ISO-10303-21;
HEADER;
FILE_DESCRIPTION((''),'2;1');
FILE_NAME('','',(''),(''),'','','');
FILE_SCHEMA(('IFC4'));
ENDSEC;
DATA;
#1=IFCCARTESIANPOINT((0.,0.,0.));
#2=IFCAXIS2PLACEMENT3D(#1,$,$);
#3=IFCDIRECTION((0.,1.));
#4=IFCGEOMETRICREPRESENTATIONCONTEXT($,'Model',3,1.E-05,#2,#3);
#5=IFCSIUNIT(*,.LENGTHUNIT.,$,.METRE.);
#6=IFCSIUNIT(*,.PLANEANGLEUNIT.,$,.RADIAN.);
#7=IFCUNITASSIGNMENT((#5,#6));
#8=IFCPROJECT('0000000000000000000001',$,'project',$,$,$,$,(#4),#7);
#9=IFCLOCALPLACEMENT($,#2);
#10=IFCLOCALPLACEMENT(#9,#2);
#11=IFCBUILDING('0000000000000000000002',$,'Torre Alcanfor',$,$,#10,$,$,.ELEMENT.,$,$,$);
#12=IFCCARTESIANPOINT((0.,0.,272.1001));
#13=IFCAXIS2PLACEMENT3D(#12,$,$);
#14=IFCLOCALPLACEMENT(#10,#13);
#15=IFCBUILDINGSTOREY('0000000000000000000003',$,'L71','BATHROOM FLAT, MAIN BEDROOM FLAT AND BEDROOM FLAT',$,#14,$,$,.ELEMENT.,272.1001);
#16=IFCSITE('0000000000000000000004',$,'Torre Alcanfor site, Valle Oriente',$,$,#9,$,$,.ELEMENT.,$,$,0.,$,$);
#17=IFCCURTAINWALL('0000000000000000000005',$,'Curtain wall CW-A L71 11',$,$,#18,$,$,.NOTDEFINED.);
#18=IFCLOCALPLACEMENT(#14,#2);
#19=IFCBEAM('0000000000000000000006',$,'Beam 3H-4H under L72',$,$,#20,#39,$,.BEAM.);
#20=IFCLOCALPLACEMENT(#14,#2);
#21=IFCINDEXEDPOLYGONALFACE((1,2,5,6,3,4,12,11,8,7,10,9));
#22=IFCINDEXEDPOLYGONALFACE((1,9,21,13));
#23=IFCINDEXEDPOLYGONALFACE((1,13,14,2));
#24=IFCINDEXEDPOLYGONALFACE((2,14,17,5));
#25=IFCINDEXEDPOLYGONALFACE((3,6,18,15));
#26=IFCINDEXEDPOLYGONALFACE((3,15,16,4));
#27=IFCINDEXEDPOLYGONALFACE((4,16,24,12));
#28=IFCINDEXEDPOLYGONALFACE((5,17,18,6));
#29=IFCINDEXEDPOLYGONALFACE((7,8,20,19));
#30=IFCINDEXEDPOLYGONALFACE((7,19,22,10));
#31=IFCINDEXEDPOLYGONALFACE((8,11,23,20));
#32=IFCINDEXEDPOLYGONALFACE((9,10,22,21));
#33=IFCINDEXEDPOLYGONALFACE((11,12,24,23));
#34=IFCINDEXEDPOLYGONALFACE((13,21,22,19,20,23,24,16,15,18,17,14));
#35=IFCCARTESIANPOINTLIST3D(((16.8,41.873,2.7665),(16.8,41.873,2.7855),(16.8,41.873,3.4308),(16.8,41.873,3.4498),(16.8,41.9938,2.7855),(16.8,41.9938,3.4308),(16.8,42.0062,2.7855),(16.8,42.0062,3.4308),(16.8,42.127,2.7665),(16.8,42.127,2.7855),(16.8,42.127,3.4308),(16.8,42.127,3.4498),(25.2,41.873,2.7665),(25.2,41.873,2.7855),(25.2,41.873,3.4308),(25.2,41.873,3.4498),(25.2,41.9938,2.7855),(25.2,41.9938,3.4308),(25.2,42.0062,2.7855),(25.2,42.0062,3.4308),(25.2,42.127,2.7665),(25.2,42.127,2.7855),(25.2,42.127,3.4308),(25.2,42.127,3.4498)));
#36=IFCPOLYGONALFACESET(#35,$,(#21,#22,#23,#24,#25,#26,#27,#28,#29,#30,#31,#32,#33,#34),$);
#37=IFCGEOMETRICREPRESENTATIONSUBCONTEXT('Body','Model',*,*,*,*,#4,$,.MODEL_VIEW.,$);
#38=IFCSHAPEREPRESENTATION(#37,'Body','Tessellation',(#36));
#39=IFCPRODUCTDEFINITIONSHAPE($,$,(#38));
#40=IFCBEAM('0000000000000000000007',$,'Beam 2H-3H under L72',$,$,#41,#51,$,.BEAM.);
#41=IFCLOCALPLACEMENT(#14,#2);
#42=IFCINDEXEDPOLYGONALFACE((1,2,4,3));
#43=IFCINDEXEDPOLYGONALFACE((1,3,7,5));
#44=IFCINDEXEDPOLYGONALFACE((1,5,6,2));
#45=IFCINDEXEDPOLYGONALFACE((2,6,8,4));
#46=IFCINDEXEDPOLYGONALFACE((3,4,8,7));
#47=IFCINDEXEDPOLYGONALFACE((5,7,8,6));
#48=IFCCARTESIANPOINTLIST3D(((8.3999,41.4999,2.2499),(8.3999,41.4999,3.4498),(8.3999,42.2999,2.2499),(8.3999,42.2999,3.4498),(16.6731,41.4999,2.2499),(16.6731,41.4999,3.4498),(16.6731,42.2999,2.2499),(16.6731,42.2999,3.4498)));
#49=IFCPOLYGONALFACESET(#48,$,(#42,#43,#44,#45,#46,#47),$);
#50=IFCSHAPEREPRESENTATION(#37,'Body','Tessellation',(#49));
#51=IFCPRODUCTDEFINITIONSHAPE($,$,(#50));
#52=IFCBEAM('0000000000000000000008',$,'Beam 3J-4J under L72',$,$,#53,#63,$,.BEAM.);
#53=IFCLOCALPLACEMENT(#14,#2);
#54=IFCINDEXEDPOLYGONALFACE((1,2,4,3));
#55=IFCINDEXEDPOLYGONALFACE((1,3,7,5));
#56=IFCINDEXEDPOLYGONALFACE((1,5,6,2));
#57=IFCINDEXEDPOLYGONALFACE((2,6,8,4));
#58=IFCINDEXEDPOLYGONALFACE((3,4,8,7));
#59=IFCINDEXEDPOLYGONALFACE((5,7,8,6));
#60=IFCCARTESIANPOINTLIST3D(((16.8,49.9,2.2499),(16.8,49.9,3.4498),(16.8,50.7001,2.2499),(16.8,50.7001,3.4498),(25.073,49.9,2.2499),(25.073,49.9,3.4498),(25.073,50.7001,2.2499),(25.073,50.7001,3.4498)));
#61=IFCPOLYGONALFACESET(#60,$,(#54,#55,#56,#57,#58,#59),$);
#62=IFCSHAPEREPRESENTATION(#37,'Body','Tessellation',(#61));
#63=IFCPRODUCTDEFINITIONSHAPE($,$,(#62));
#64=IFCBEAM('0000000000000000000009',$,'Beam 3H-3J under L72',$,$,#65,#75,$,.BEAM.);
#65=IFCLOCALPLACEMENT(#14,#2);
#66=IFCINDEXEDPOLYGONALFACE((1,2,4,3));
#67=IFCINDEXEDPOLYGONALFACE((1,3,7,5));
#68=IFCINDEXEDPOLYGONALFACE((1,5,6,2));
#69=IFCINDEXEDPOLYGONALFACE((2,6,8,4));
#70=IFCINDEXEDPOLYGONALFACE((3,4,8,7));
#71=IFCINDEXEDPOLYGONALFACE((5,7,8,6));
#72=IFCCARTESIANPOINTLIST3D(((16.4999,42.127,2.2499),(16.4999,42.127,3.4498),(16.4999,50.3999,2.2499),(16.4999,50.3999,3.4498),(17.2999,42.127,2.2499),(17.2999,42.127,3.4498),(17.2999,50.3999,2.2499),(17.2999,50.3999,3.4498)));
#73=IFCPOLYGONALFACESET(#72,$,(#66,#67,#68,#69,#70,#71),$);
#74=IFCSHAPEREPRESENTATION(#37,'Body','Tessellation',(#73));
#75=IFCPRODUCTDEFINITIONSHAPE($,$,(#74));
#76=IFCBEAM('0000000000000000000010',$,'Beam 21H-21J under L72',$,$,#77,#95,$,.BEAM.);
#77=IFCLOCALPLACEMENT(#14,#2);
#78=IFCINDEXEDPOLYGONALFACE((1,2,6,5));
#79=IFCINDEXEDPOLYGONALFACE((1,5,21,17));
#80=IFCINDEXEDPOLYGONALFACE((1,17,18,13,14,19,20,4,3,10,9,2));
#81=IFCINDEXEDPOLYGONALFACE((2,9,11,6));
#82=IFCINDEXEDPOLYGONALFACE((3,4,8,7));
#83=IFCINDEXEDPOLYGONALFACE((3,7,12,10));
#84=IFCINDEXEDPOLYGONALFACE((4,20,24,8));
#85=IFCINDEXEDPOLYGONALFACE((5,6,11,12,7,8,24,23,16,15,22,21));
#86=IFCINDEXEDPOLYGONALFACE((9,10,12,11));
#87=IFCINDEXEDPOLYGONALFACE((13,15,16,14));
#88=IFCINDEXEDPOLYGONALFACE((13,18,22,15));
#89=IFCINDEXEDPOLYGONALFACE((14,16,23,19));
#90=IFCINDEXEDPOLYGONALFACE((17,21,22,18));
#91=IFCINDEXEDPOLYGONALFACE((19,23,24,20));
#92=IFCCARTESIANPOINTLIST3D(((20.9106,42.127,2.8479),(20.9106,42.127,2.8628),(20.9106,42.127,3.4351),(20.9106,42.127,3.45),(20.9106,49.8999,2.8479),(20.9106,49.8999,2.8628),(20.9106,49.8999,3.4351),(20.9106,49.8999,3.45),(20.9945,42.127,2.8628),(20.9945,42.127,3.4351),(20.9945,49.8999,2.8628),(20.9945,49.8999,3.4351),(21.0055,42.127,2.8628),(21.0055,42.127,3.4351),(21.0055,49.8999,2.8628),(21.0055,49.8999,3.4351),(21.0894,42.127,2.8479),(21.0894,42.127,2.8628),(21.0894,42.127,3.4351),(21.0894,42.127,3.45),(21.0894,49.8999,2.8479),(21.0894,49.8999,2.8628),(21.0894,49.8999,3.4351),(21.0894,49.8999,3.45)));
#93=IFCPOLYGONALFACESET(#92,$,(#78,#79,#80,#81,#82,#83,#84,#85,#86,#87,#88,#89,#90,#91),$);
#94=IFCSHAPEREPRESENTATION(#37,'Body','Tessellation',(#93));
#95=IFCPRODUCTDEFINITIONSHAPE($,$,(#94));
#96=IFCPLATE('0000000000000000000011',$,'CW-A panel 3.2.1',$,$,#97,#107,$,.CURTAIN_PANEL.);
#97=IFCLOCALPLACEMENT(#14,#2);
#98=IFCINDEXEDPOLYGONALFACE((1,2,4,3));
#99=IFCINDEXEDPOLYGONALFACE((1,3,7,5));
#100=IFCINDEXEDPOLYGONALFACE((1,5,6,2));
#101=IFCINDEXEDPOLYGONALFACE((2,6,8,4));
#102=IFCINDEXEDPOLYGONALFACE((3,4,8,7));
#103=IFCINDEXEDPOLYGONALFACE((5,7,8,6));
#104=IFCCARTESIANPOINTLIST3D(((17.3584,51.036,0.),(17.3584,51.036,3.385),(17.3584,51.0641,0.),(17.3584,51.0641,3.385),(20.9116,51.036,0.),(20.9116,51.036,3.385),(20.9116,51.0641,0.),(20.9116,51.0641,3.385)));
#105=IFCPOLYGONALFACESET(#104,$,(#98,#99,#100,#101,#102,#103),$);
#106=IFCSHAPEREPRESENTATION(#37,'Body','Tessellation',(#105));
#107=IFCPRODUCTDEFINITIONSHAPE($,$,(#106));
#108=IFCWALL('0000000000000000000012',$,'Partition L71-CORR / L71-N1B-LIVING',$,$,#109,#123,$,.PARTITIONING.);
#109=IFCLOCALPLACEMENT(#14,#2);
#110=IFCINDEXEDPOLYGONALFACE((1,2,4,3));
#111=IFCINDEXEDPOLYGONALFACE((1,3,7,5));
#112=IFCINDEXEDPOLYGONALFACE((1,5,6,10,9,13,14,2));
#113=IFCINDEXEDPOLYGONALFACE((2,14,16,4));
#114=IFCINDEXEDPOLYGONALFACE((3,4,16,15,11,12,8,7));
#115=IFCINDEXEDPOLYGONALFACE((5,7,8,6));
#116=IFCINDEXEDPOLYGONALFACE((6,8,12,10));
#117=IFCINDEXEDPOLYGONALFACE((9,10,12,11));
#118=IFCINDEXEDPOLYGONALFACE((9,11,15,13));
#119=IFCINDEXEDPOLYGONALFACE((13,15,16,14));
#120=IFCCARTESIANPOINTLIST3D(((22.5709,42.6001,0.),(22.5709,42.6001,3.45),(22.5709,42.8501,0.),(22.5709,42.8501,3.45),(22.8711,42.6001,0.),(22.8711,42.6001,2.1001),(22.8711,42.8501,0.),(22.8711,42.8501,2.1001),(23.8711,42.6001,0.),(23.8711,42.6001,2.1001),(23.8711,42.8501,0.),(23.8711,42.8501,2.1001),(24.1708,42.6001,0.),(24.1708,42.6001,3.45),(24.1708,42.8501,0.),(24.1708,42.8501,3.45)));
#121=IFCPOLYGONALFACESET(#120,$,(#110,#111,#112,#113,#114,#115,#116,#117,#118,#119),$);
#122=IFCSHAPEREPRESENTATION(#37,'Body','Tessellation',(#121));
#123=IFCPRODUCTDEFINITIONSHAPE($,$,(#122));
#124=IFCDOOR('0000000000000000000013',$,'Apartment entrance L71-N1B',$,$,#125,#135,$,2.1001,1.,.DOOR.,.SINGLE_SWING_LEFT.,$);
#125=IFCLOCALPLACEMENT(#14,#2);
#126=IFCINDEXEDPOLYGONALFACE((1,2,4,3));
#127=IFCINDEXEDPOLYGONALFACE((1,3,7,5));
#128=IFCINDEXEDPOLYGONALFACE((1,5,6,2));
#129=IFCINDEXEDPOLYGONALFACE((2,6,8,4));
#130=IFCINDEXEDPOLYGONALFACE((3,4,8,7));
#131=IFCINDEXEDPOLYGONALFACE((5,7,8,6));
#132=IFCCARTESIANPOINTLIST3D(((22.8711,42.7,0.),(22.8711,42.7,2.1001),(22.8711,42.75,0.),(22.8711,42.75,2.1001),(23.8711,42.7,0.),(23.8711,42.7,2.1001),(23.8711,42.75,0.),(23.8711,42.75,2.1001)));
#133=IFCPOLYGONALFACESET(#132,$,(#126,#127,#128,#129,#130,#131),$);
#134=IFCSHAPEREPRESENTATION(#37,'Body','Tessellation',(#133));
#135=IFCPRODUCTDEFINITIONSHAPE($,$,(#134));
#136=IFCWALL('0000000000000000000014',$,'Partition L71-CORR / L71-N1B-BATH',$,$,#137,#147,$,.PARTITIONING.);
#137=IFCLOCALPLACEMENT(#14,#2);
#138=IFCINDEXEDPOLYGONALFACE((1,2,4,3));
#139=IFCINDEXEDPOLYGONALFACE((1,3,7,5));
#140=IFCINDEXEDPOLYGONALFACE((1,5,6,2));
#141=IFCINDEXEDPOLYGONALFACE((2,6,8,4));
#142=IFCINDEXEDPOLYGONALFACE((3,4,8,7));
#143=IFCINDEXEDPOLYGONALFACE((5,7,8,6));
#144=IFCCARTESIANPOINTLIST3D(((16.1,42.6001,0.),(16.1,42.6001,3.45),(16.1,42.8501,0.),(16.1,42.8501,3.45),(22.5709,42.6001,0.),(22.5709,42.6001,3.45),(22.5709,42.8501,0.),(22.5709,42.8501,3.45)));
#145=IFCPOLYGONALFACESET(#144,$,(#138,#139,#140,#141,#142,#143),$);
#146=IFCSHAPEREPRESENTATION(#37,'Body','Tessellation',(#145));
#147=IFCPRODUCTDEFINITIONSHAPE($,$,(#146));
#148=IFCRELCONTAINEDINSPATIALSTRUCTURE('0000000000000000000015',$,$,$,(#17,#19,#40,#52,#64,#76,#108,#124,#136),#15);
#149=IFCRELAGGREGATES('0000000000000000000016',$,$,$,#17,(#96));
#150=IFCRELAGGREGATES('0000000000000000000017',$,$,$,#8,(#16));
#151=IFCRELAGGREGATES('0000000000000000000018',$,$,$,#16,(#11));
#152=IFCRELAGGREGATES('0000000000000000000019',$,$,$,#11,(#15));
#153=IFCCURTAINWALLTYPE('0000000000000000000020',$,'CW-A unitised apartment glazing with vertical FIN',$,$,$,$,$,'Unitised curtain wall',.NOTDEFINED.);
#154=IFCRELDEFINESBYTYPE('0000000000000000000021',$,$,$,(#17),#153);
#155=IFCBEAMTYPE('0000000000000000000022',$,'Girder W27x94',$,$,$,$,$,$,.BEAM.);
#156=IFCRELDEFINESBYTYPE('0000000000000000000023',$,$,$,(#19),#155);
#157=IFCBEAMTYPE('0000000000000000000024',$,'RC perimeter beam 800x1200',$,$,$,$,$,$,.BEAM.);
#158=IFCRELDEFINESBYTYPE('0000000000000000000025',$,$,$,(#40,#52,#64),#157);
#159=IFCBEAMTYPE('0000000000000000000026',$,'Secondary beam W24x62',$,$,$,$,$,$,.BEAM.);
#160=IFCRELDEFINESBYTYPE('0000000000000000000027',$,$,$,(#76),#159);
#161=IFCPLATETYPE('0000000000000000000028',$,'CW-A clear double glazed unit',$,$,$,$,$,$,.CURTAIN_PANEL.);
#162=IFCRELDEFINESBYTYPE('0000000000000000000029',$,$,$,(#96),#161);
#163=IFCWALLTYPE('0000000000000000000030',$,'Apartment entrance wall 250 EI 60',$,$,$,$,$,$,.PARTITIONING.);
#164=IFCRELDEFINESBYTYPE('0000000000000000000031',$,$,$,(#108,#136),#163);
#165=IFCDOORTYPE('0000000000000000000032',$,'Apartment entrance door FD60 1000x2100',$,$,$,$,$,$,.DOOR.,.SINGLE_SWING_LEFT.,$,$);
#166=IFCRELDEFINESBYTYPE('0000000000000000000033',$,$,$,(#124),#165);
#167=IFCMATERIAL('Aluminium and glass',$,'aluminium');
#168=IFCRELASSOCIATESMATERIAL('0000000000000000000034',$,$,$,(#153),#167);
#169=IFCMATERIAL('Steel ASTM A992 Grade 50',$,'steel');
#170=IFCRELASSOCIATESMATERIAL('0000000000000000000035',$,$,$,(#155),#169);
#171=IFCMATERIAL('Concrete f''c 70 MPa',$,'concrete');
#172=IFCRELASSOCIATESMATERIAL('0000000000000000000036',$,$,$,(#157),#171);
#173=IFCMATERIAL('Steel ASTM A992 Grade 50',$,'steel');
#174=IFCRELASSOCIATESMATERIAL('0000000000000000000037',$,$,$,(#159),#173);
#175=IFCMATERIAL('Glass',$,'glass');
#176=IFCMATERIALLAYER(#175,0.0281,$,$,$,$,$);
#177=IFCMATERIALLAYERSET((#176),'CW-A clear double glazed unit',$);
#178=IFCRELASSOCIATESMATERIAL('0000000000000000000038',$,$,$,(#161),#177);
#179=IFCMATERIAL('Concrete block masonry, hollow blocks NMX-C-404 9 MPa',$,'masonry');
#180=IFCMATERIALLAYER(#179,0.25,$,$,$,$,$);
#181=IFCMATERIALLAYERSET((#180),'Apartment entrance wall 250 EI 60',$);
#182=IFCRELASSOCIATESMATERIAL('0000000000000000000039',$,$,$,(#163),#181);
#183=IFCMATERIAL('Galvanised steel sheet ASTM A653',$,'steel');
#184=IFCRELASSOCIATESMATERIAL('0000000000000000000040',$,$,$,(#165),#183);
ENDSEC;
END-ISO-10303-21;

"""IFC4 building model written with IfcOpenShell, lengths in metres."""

from ifc_helpers import new_model, si_unit, direction, frame, frame_2d, origin, origin_2d, place, context, subcontext, project, spatial, rectangle, i_section, extrude, material, layer, layer_set, material_profile, profile_set, type_object, element, fill, aggregate, save


model = new_model("IFC4")

# Units and contexts
model_context = context("Model", 3, precision=1e-05, world=origin(), true_north=direction((0.0, 1.0)))
body_context = subcontext(model_context, "Body", "Model", "MODEL_VIEW")
ifc_project = project(units=[si_unit("LENGTHUNIT", "METRE"), si_unit("PLANEANGLEUNIT", "RADIAN")], contexts=[model_context])

# Site, building, storey
site_placement = place(None, origin())
site = spatial("IfcSite", under=ifc_project, at=site_placement, Name="Torre Alcanfor site, Valle Oriente", CompositionType="ELEMENT", RefElevation=0.0)
building_placement = place(site_placement, origin())
building = spatial("IfcBuilding", under=site, at=building_placement, Name="Torre Alcanfor", CompositionType="ELEMENT")
storey_placement = place(building_placement, frame((0.0, 0.0, 272.1001)))
storey = spatial("IfcBuildingStorey", under=building, at=storey_placement, Name="L71", Description="BATHROOM FLAT, MAIN BEDROOM FLAT AND BEDROOM FLAT", CompositionType="ELEMENT", Elevation=272.1001)

# Shared definitions
ifc_material_1 = material(Name="Aluminium and glass", Category="aluminium")
curtain_wall_type = type_object("IfcCurtainWallType", Name="CW-A unitised apartment glazing with vertical FIN", ElementType="Unitised curtain wall", PredefinedType="NOTDEFINED", material=ifc_material_1)

# Curtain wall
curtain_wall_1_placement = place(storey_placement, origin())
curtain_wall_1 = element("IfcCurtainWall", 1, at=curtain_wall_1_placement, inside=storey, type_object=curtain_wall_type, Name="Curtain wall CW-A L71 11", PredefinedType="NOTDEFINED")

# Beams
ifc_material_2 = material(Name="Steel ASTM A992 Grade 50", Category="steel")
ifc_material_profile_1 = material_profile(ifc_material_2, i_section(OverallWidth=0.2539, OverallDepth=0.6833, WebThickness=0.0125, FlangeThickness=0.019, at=origin_2d()), Name="W27x94")
ifc_profile_set_1 = profile_set([ifc_material_profile_1], Name="Steel ASTM A992 Grade 50")
beam_type_1 = type_object("IfcBeamType", Name="Girder W27x94", PredefinedType="BEAM", material=ifc_profile_set_1)
beam_1_placement = place(storey_placement, frame((16.8, 42.0, 3.1082), z_axis=(1.0, 0.0, 0.0), x_axis=(0.0, 1.0, 0.0)))
element("IfcBeam", 2, at=beam_1_placement, inside=storey, type_object=beam_type_1, Name="Beam 3H-4H under L72", PredefinedType="BEAM", context=body_context, shape_type="SweptSolid", body=[
    extrude(i_section(OverallWidth=0.2539, OverallDepth=0.6833, WebThickness=0.0125, FlangeThickness=0.019, at=origin_2d()), origin(), (0.0, 0.0, 1.0), 8.3999),
])
ifc_material_3 = material(Name="Concrete f'c 70 MPa", Category="concrete")
ifc_material_profile_2 = material_profile(ifc_material_3, rectangle(XDim=0.8, YDim=1.2, at=origin_2d()), Name="800x1200")
ifc_profile_set_2 = profile_set([ifc_material_profile_2], Name="Concrete f'c 70 MPa")
beam_type_2 = type_object("IfcBeamType", Name="RC perimeter beam 800x1200", PredefinedType="BEAM", material=ifc_profile_set_2)
beam_2_placement = place(storey_placement, frame((8.3999, 41.8999, 2.8499), z_axis=(1.0, 0.0, 0.0), x_axis=(0.0, 1.0, 0.0)))
element("IfcBeam", 3, at=beam_2_placement, inside=storey, type_object=beam_type_2, Name="Beam 2H-3H under L72", PredefinedType="BEAM", context=body_context, shape_type="SweptSolid", body=[
    extrude(rectangle(XDim=0.8, YDim=1.2, at=origin_2d()), origin(), (0.0, 0.0, 1.0), 8.2732),
])
for number, where, z_axis, x_axis, name in (
    (4, (16.8, 50.3, 2.8499), (1.0, 0.0, 0.0), (0.0, 1.0, 0.0), "Beam 3J-4J under L72"),
    (5, (16.8999, 42.127, 2.8499), (0.0, 1.0, 0.0), (-1.0, 0.0, 0.0), "Beam 3H-3J under L72"),
):
    element("IfcBeam", number, at=place(storey_placement, frame(where, z_axis=z_axis, x_axis=x_axis)), inside=storey, type_object=beam_type_2, Name=name, PredefinedType="BEAM", context=body_context, shape_type="SweptSolid", body=[
        extrude(rectangle(XDim=0.8, YDim=1.2, at=origin_2d()), origin(), (0.0, 0.0, 1.0), 8.2729),
    ])
ifc_material_4 = material(Name="Steel ASTM A992 Grade 50", Category="steel")
ifc_material_profile_3 = material_profile(ifc_material_4, i_section(OverallWidth=0.1787, OverallDepth=0.6021, WebThickness=0.011, FlangeThickness=0.0149, at=origin_2d()), Name="W24x62")
ifc_profile_set_3 = profile_set([ifc_material_profile_3], Name="Steel ASTM A992 Grade 50")
beam_type_3 = type_object("IfcBeamType", Name="Secondary beam W24x62", PredefinedType="BEAM", material=ifc_profile_set_3)
beam_3_placement = place(storey_placement, frame((21.0, 42.127, 3.1489), z_axis=(0.0, 1.0, 0.0), x_axis=(-1.0, 0.0, 0.0)))
element("IfcBeam", 6, at=beam_3_placement, inside=storey, type_object=beam_type_3, Name="Beam 21H-21J under L72", PredefinedType="BEAM", context=body_context, shape_type="SweptSolid", body=[
    extrude(i_section(OverallWidth=0.1787, OverallDepth=0.6021, WebThickness=0.011, FlangeThickness=0.0149, at=origin_2d()), origin(), (0.0, 0.0, 1.0), 7.7729),
])

# Plate
ifc_material_5 = material(Name="Glass", Category="glass")
ifc_layer_1 = layer(ifc_material_5, 0.0281)
ifc_layer_set_1 = layer_set([ifc_layer_1], Name="CW-A clear double glazed unit")
plate_type = type_object("IfcPlateType", Name="CW-A clear double glazed unit", PredefinedType="CURTAIN_PANEL", material=ifc_layer_set_1)
plate_placement = place(storey_placement, frame((19.135, 51.05, 0.0), z_axis=(0.0, 0.0, 1.0), x_axis=(-1.0, 0.0, 0.0)))
plate = element("IfcPlate", 7, at=plate_placement, type_object=plate_type, Name="CW-A panel 3.2.1", PredefinedType="CURTAIN_PANEL", context=body_context, shape_type="SweptSolid", body=[
    extrude(rectangle(XDim=3.5532, YDim=0.0281, at=origin_2d()), origin(), (0.0, 0.0, 1.0), 3.385),
])
aggregate(curtain_wall_1, [plate])

# Wall, opening, door
ifc_material_6 = material(Name="Concrete block masonry, hollow blocks NMX-C-404 9 MPa", Category="masonry")
ifc_layer_2 = layer(ifc_material_6, 0.25)
ifc_layer_set_2 = layer_set([ifc_layer_2], Name="Apartment entrance wall 250 EI 60")
wall_type_1 = type_object("IfcWallType", Name="Apartment entrance wall 250 EI 60", PredefinedType="PARTITIONING", material=ifc_layer_set_2)
wall_1_placement = place(storey_placement, frame((22.571, 42.7251, 0.0), z_axis=(0.0, 0.0, 1.0), x_axis=(1.0, 0.0, 0.0)))
wall_1 = element("IfcWall", 8, at=wall_1_placement, inside=storey, type_object=wall_type_1, Name="Partition L71-CORR / L71-N1B-LIVING", PredefinedType="PARTITIONING", context=body_context, shape_type="SweptSolid", body=[
    extrude(rectangle(XDim=1.5999, YDim=0.25, at=frame_2d((0.7998, 0.0))), origin(), (0.0, 0.0, 1.0), 3.45),
])
opening_1_placement = place(wall_1_placement, frame((0.3, 0.0, 0.0)))
opening_1 = element("IfcOpeningElement", 9, at=opening_1_placement, cuts=wall_1, PredefinedType="OPENING", context=body_context, shape_type="SweptSolid", body=[
    extrude(rectangle(XDim=1.0, YDim=2.1001, at=frame_2d((0.5, 1.05))), frame((0.0, 0.135, 0.0), z_axis=(0.0, -1.0, 0.0), x_axis=(1.0, 0.0, 0.0)), (0.0, 0.0, 1.0), 0.27),
])
ifc_material_7 = material(Name="Galvanised steel sheet ASTM A653", Category="steel")
door_type = type_object("IfcDoorType", Name="Apartment entrance door FD60 1000x2100", OperationType="SINGLE_SWING_LEFT", PredefinedType="DOOR", material=ifc_material_7)
door_placement = place(opening_1_placement, origin())
door = element("IfcDoor", 10, at=door_placement, inside=storey, type_object=door_type, Name="Apartment entrance L71-N1B", OperationType="SINGLE_SWING_LEFT", OverallHeight=2.1001, OverallWidth=1.0, PredefinedType="DOOR", context=body_context, shape_type="SweptSolid", body=[
    extrude(rectangle(XDim=1.0, YDim=2.1001, at=frame_2d((0.5, 1.05))), frame((0.0, 0.0249, 0.0), z_axis=(0.0, -1.0, 0.0), x_axis=(1.0, 0.0, 0.0)), (0.0, 0.0, 1.0), 0.05),
])
fill(opening_1, door)

# Wall
wall_2_placement = place(storey_placement, frame((16.1001, 42.7251, 0.0), z_axis=(0.0, 0.0, 1.0), x_axis=(1.0, 0.0, 0.0)))
element("IfcWall", 11, at=wall_2_placement, inside=storey, type_object=wall_type_1, Name="Partition L71-CORR / L71-N1B-BATH", PredefinedType="PARTITIONING", context=body_context, shape_type="SweptSolid", body=[
    extrude(rectangle(XDim=6.4709, YDim=0.25, at=frame_2d((3.2354, 0.0))), origin(), (0.0, 0.0, 1.0), 3.45),
])

save(model, "model.ifc")
